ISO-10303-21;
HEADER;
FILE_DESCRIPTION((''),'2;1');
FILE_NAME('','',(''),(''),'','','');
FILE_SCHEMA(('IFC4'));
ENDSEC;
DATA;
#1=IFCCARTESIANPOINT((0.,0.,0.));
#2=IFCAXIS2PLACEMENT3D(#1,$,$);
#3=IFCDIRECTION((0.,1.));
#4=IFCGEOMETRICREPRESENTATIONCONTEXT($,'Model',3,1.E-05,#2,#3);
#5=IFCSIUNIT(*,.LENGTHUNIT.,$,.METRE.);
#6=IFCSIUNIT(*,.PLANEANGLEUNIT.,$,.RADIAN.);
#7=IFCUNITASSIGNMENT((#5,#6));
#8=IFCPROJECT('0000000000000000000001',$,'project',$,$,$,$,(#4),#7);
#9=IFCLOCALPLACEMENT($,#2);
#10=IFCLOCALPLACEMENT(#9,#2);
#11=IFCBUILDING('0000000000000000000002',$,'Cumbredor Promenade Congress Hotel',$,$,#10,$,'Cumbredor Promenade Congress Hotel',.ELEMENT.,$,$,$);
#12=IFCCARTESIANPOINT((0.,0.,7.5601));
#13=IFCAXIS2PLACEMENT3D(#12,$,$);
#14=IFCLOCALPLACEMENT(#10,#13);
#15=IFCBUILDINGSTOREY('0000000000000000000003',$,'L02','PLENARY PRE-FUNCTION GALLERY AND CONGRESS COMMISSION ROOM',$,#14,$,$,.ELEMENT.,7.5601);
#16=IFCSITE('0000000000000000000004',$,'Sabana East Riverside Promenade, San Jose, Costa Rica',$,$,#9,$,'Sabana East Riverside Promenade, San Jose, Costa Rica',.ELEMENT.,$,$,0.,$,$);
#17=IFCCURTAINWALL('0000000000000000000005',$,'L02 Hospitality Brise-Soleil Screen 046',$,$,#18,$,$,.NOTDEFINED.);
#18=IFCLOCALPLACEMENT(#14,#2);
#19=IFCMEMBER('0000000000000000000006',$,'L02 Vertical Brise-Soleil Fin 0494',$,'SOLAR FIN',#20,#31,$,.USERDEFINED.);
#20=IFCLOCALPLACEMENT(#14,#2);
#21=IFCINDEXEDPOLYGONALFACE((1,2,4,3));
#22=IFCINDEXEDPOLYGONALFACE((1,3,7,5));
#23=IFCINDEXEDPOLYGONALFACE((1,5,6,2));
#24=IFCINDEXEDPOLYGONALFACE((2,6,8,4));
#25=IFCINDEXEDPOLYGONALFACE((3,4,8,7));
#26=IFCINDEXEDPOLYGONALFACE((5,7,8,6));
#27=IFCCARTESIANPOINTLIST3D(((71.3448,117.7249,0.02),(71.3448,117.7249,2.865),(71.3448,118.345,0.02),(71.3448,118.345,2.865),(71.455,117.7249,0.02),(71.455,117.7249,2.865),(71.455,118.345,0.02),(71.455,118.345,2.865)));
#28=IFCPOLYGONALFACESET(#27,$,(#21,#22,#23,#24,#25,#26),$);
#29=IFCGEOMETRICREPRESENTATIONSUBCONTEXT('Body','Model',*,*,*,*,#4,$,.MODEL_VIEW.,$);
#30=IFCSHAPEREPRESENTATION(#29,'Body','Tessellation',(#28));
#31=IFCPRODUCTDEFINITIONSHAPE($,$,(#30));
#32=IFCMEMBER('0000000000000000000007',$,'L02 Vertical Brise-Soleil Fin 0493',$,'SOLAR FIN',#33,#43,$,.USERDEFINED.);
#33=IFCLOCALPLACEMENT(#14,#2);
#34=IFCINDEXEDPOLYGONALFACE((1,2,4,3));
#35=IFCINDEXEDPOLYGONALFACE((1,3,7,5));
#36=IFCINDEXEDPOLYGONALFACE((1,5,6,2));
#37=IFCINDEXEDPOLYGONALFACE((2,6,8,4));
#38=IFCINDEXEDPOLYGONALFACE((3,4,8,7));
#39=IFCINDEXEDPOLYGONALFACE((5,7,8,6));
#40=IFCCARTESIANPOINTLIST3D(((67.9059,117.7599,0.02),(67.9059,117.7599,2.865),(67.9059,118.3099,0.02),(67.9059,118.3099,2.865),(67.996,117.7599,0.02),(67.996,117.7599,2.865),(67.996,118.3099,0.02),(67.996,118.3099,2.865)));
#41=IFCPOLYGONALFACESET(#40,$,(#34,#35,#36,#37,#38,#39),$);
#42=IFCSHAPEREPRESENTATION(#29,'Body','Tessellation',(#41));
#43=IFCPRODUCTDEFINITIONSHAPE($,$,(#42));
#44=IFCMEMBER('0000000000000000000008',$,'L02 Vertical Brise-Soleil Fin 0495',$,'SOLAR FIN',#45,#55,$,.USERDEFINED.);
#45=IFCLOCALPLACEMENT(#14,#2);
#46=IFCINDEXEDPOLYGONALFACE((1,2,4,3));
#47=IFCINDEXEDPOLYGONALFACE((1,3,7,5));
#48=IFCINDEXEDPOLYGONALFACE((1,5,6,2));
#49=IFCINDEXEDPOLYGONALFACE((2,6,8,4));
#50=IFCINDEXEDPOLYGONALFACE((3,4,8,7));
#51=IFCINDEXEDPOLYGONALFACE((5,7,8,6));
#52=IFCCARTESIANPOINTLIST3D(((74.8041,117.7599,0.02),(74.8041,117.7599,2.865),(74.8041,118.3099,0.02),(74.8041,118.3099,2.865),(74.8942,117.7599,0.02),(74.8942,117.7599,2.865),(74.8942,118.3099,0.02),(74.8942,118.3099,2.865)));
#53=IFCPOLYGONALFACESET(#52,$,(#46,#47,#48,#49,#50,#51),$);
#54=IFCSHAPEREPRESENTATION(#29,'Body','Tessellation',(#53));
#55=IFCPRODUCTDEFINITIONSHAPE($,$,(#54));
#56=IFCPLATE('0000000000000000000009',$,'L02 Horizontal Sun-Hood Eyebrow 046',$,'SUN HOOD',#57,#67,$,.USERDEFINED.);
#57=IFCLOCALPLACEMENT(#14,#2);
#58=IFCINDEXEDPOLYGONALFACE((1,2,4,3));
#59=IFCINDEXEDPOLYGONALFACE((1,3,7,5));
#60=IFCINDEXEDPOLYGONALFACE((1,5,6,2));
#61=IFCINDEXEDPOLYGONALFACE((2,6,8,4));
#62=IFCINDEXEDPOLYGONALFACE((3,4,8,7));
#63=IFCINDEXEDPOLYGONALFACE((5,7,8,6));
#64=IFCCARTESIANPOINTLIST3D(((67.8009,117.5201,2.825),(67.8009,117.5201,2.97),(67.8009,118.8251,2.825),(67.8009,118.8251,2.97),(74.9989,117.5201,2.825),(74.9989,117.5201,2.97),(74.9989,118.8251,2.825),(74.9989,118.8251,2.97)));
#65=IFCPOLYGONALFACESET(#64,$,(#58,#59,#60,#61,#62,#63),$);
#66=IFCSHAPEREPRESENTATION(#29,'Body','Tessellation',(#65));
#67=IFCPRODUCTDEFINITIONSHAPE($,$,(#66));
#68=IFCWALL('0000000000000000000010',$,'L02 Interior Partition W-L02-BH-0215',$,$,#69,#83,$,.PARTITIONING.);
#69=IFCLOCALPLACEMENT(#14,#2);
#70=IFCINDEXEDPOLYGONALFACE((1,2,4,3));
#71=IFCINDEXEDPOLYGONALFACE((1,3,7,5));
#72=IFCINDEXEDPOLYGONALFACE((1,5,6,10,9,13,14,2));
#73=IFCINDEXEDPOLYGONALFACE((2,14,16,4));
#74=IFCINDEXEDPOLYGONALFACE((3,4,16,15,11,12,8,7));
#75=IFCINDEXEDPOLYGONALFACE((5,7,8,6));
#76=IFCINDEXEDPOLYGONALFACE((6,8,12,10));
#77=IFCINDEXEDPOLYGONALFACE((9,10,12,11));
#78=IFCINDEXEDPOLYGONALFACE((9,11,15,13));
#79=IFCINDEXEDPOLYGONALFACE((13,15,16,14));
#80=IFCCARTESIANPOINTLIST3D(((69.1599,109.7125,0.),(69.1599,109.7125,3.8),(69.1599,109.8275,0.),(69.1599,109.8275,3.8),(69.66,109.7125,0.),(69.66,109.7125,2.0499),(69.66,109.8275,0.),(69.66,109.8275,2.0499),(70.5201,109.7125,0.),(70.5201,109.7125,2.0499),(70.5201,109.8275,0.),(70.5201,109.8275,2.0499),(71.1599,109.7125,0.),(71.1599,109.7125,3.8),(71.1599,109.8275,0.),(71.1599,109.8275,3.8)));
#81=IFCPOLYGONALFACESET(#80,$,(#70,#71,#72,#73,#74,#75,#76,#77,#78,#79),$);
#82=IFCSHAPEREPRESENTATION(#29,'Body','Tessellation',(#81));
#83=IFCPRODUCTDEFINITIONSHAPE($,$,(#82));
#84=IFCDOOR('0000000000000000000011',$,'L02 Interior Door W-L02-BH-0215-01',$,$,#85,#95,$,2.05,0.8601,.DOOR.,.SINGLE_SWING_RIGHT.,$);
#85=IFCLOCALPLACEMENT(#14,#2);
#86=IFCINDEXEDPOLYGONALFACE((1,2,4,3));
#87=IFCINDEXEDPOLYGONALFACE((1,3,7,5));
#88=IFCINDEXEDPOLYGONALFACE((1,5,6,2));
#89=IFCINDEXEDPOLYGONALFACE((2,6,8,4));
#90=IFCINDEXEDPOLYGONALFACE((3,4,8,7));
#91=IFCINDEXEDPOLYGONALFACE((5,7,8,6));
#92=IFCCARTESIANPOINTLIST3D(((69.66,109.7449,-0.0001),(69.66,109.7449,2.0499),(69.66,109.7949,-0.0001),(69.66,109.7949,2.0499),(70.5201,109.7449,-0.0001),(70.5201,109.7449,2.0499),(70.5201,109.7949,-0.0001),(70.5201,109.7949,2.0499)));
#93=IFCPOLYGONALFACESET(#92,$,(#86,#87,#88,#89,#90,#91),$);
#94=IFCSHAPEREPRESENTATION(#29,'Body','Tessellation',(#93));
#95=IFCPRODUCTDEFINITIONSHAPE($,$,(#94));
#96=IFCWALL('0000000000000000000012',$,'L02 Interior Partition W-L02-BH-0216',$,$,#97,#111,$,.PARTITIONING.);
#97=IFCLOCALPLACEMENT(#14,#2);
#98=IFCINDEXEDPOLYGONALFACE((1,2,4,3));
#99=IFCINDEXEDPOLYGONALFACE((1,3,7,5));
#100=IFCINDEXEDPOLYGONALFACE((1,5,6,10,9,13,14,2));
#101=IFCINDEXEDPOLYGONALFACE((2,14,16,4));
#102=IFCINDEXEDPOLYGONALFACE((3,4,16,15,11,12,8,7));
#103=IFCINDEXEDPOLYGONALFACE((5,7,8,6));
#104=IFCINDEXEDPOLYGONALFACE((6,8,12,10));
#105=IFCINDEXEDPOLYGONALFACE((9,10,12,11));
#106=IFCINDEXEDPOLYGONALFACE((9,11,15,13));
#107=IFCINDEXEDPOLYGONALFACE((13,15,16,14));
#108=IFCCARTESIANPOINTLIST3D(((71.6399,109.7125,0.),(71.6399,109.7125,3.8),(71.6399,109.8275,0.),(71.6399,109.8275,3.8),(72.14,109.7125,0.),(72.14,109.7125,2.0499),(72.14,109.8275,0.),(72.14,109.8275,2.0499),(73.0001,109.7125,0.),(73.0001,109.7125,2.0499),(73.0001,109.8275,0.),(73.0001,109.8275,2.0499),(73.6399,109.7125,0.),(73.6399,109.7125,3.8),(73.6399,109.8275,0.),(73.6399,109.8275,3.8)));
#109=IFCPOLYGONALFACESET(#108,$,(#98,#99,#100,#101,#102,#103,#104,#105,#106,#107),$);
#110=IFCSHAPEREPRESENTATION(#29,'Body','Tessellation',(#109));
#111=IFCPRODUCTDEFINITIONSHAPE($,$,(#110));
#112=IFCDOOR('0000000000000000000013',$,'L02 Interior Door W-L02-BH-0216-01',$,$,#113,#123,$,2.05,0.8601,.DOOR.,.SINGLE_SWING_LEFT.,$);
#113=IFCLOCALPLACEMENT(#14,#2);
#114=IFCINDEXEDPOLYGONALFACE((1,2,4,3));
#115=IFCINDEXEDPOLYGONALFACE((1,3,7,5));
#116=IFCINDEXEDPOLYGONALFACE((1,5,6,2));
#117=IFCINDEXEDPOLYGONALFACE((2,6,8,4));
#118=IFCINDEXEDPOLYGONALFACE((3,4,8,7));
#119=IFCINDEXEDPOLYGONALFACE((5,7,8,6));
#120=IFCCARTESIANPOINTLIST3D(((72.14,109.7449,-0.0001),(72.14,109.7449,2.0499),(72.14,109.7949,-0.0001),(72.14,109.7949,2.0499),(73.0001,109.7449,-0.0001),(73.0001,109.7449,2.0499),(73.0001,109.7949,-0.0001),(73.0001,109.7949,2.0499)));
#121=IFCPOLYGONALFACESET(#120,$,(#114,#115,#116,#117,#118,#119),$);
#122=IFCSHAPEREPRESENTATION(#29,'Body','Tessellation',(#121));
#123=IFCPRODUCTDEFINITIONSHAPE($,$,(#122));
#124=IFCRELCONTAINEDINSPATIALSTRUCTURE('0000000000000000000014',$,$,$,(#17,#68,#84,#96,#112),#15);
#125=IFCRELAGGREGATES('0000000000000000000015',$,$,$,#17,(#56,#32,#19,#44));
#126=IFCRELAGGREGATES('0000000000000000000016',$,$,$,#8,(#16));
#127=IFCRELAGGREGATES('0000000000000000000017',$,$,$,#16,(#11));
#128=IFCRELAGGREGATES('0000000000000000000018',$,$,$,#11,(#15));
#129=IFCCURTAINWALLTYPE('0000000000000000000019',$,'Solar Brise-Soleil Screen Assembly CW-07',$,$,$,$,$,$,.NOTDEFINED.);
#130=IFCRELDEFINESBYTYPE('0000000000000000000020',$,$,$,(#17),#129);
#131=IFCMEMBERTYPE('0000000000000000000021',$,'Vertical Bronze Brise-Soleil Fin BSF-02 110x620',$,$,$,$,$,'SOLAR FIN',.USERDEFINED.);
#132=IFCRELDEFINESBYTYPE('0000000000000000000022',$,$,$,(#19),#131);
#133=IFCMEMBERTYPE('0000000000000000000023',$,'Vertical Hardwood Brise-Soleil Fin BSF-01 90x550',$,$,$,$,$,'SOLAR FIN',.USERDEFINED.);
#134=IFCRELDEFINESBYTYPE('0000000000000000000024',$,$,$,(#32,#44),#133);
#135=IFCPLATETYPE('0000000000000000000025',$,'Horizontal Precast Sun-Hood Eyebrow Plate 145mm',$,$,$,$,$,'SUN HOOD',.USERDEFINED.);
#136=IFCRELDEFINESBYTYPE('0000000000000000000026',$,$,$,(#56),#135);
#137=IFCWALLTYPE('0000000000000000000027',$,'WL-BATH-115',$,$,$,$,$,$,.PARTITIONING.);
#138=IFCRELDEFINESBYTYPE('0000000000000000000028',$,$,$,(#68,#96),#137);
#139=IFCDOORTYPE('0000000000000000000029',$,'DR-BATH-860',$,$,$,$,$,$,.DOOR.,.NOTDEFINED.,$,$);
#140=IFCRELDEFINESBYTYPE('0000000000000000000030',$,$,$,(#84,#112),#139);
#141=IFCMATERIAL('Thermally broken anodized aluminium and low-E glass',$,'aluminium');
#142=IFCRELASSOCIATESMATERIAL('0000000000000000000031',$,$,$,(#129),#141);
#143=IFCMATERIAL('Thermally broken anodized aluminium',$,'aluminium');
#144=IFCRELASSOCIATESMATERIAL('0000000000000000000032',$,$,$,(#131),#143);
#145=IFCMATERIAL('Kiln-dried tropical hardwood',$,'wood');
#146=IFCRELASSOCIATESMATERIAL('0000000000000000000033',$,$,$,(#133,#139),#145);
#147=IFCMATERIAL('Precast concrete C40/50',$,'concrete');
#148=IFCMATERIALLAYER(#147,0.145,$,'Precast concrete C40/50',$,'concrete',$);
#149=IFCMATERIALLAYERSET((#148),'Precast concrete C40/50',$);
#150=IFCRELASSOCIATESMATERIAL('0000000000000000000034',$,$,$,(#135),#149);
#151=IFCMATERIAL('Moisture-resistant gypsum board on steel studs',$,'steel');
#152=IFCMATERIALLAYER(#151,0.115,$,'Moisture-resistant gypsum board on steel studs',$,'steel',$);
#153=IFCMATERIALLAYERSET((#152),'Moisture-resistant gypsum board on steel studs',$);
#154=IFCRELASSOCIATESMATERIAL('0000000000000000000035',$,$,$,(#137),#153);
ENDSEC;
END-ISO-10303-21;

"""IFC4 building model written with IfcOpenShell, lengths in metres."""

from ifc_helpers import new_model, si_unit, direction, frame, frame_2d, origin, origin_2d, place, context, subcontext, project, spatial, rectangle, extrude, material, layer, layer_set, material_profile, profile_set, type_object, element, fill, aggregate, save


model = new_model("IFC4")

# Units and contexts
model_context = context("Model", 3, precision=1e-05, world=origin(), true_north=direction((0.0, 1.0)))
body_context = subcontext(model_context, "Body", "Model", "MODEL_VIEW")
ifc_project = project(units=[si_unit("LENGTHUNIT", "METRE"), si_unit("PLANEANGLEUNIT", "RADIAN")], contexts=[model_context])

# Site, building, storey
site_placement = place(None, origin())
site = spatial("IfcSite", under=ifc_project, at=site_placement, Name="Sabana East Riverside Promenade, San Jose, Costa Rica", LongName="Sabana East Riverside Promenade, San Jose, Costa Rica", CompositionType="ELEMENT", RefElevation=0.0)
building_placement = place(site_placement, origin())
building = spatial("IfcBuilding", under=site, at=building_placement, Name="Cumbredor Promenade Congress Hotel", LongName="Cumbredor Promenade Congress Hotel", CompositionType="ELEMENT")
storey_placement = place(building_placement, frame((0.0, 0.0, 7.5601)))
storey = spatial("IfcBuildingStorey", under=building, at=storey_placement, Name="L02", Description="PLENARY PRE-FUNCTION GALLERY AND CONGRESS COMMISSION ROOM", CompositionType="ELEMENT", Elevation=7.5601)

# Curtain wall
ifc_material_1 = material(Name="Thermally broken anodized aluminium and low-E glass", Category="aluminium")
curtain_wall_type = type_object("IfcCurtainWallType", Name="Solar Brise-Soleil Screen Assembly CW-07", PredefinedType="NOTDEFINED", material=ifc_material_1)
curtain_wall_placement = place(storey_placement, origin())
curtain_wall = element("IfcCurtainWall", 1, at=curtain_wall_placement, inside=storey, type_object=curtain_wall_type, Name="L02 Hospitality Brise-Soleil Screen 046", PredefinedType="NOTDEFINED")
ifc_material_2 = material(Name="Thermally broken anodized aluminium", Category="aluminium")

# Members
ifc_material_profile_1 = material_profile(ifc_material_2, rectangle(XDim=0.1101, YDim=0.6201, at=origin_2d()), Name="ARCH FIN 110x620")
ifc_profile_set_1 = profile_set([ifc_material_profile_1], Name="Thermally broken anodized aluminium")
member_type_1 = type_object("IfcMemberType", Name="Vertical Bronze Brise-Soleil Fin BSF-02 110x620", ElementType="SOLAR FIN", PredefinedType="USERDEFINED", material=ifc_profile_set_1)
member_1_placement = place(storey_placement, frame((71.3999, 118.0349, 0.02), z_axis=(0.0, 0.0, 1.0), x_axis=(1.0, 0.0, 0.0)))
member_1 = element("IfcMember", 2, at=member_1_placement, type_object=member_type_1, Name="L02 Vertical Brise-Soleil Fin 0494", ObjectType="SOLAR FIN", PredefinedType="USERDEFINED", context=body_context, shape_type="SweptSolid", body=[
    extrude(rectangle(XDim=0.1101, YDim=0.6201, at=origin_2d()), origin(), (0.0, 0.0, 1.0), 2.845),
])
ifc_material_3 = material(Name="Kiln-dried tropical hardwood", Category="wood")
ifc_material_profile_2 = material_profile(ifc_material_3, rectangle(XDim=0.0901, YDim=0.55, at=origin_2d()), Name="ARCH FIN 90x550")
ifc_profile_set_2 = profile_set([ifc_material_profile_2], Name="Kiln-dried tropical hardwood")
member_type_2 = type_object("IfcMemberType", Name="Vertical Hardwood Brise-Soleil Fin BSF-01 90x550", ElementType="SOLAR FIN", PredefinedType="USERDEFINED", material=ifc_profile_set_2)
member_2_placement = place(storey_placement, frame((67.9509, 118.0349, 0.02), z_axis=(0.0, 0.0, 1.0), x_axis=(1.0, 0.0, 0.0)))
member_2 = element("IfcMember", 3, at=member_2_placement, type_object=member_type_2, Name="L02 Vertical Brise-Soleil Fin 0493", ObjectType="SOLAR FIN", PredefinedType="USERDEFINED", context=body_context, shape_type="SweptSolid", body=[
    extrude(rectangle(XDim=0.0901, YDim=0.55, at=origin_2d()), origin(), (0.0, 0.0, 1.0), 2.845),
])
member_3_placement = place(storey_placement, frame((74.8491, 118.0349, 0.02), z_axis=(0.0, 0.0, 1.0), x_axis=(1.0, 0.0, 0.0)))
member_3 = element("IfcMember", 4, at=member_3_placement, type_object=member_type_2, Name="L02 Vertical Brise-Soleil Fin 0495", ObjectType="SOLAR FIN", PredefinedType="USERDEFINED", context=body_context, shape_type="SweptSolid", body=[
    extrude(rectangle(XDim=0.0901, YDim=0.55, at=origin_2d()), origin(), (0.0, 0.0, 1.0), 2.845),
])

# Plate
ifc_material_4 = material(Name="Precast concrete C40/50", Category="concrete")
ifc_layer_1 = layer(ifc_material_4, 0.145, Name="Precast concrete C40/50", Category="concrete")
ifc_layer_set_1 = layer_set([ifc_layer_1], Name="Precast concrete C40/50")
plate_type = type_object("IfcPlateType", Name="Horizontal Precast Sun-Hood Eyebrow Plate 145mm", ElementType="SUN HOOD", PredefinedType="USERDEFINED", material=ifc_layer_set_1)
plate_placement = place(storey_placement, frame((71.3999, 118.1726, 2.825), z_axis=(0.0, 0.0, 1.0), x_axis=(1.0, 0.0, 0.0)))
plate = element("IfcPlate", 5, at=plate_placement, type_object=plate_type, Name="L02 Horizontal Sun-Hood Eyebrow 046", ObjectType="SUN HOOD", PredefinedType="USERDEFINED", context=body_context, shape_type="SweptSolid", body=[
    extrude(rectangle(XDim=7.198, YDim=1.3049, at=origin_2d()), origin(), (0.0, 0.0, 1.0), 0.145),
])
aggregate(curtain_wall, [plate, member_2, member_1, member_3])

# Walls, openings, doors
ifc_material_5 = material(Name="Moisture-resistant gypsum board on steel studs", Category="steel")
ifc_layer_2 = layer(ifc_material_5, 0.115, Name="Moisture-resistant gypsum board on steel studs", Category="steel")
ifc_layer_set_2 = layer_set([ifc_layer_2], Name="Moisture-resistant gypsum board on steel studs")
wall_type_1 = type_object("IfcWallType", Name="WL-BATH-115", PredefinedType="PARTITIONING", material=ifc_layer_set_2)
wall_1_placement = place(storey_placement, frame((69.1599, 109.77, 0.0), z_axis=(0.0, 0.0, 1.0), x_axis=(1.0, 0.0, 0.0)))
wall_1 = element("IfcWall", 6, at=wall_1_placement, inside=storey, type_object=wall_type_1, Name="L02 Interior Partition W-L02-BH-0215", PredefinedType="PARTITIONING", context=body_context, shape_type="SweptSolid", body=[
    extrude(rectangle(XDim=2.0, YDim=0.115, at=frame_2d((1.0, 0.0))), origin(), (0.0, 0.0, 1.0), 3.8),
])
opening_1_placement = place(wall_1_placement, frame((0.5, 0.0, 0.0)))
opening_1 = element("IfcOpeningElement", 7, at=opening_1_placement, cuts=wall_1, PredefinedType="OPENING", context=body_context, shape_type="SweptSolid", body=[
    extrude(rectangle(XDim=0.8601, YDim=2.05, at=frame_2d((0.4302, 1.0249))), frame((0.0, 0.0674, 0.0), z_axis=(0.0, -1.0, 0.0), x_axis=(1.0, 0.0, 0.0)), (0.0, 0.0, 1.0), 0.135),
])
door_type = type_object("IfcDoorType", Name="DR-BATH-860", OperationType="NOTDEFINED", PredefinedType="DOOR", material=ifc_material_3)
door_1_placement = place(opening_1_placement, origin())
door_1 = element("IfcDoor", 8, at=door_1_placement, inside=storey, type_object=door_type, Name="L02 Interior Door W-L02-BH-0215-01", OperationType="SINGLE_SWING_RIGHT", OverallHeight=2.05, OverallWidth=0.8601, PredefinedType="DOOR", context=body_context, shape_type="SweptSolid", body=[
    extrude(rectangle(XDim=0.8601, YDim=2.05, at=frame_2d((0.4302, 1.0249))), frame((0.0, 0.0249, 0.0), z_axis=(0.0, -1.0, 0.0), x_axis=(1.0, 0.0, 0.0)), (0.0, 0.0, 1.0), 0.05),
])
fill(opening_1, door_1)
wall_2_placement = place(storey_placement, frame((71.6399, 109.77, 0.0), z_axis=(0.0, 0.0, 1.0), x_axis=(1.0, 0.0, 0.0)))
wall_2 = element("IfcWall", 9, at=wall_2_placement, inside=storey, type_object=wall_type_1, Name="L02 Interior Partition W-L02-BH-0216", PredefinedType="PARTITIONING", context=body_context, shape_type="SweptSolid", body=[
    extrude(rectangle(XDim=2.0, YDim=0.115, at=frame_2d((1.0, 0.0))), origin(), (0.0, 0.0, 1.0), 3.8),
])
opening_2_placement = place(wall_2_placement, frame((0.5, 0.0, 0.0)))
opening_2 = element("IfcOpeningElement", 10, at=opening_2_placement, cuts=wall_2, PredefinedType="OPENING", context=body_context, shape_type="SweptSolid", body=[
    extrude(rectangle(XDim=0.8601, YDim=2.05, at=frame_2d((0.4302, 1.0249))), frame((0.0, 0.0674, 0.0), z_axis=(0.0, -1.0, 0.0), x_axis=(1.0, 0.0, 0.0)), (0.0, 0.0, 1.0), 0.135),
])
door_2_placement = place(opening_2_placement, origin())
door_2 = element("IfcDoor", 11, at=door_2_placement, inside=storey, type_object=door_type, Name="L02 Interior Door W-L02-BH-0216-01", OperationType="SINGLE_SWING_LEFT", OverallHeight=2.05, OverallWidth=0.8601, PredefinedType="DOOR", context=body_context, shape_type="SweptSolid", body=[
    extrude(rectangle(XDim=0.8601, YDim=2.05, at=frame_2d((0.4302, 1.0249))), frame((0.0, 0.0249, 0.0), z_axis=(0.0, -1.0, 0.0), x_axis=(1.0, 0.0, 0.0)), (0.0, 0.0, 1.0), 0.05),
])
fill(opening_2, door_2)

save(model, "model.ifc")
